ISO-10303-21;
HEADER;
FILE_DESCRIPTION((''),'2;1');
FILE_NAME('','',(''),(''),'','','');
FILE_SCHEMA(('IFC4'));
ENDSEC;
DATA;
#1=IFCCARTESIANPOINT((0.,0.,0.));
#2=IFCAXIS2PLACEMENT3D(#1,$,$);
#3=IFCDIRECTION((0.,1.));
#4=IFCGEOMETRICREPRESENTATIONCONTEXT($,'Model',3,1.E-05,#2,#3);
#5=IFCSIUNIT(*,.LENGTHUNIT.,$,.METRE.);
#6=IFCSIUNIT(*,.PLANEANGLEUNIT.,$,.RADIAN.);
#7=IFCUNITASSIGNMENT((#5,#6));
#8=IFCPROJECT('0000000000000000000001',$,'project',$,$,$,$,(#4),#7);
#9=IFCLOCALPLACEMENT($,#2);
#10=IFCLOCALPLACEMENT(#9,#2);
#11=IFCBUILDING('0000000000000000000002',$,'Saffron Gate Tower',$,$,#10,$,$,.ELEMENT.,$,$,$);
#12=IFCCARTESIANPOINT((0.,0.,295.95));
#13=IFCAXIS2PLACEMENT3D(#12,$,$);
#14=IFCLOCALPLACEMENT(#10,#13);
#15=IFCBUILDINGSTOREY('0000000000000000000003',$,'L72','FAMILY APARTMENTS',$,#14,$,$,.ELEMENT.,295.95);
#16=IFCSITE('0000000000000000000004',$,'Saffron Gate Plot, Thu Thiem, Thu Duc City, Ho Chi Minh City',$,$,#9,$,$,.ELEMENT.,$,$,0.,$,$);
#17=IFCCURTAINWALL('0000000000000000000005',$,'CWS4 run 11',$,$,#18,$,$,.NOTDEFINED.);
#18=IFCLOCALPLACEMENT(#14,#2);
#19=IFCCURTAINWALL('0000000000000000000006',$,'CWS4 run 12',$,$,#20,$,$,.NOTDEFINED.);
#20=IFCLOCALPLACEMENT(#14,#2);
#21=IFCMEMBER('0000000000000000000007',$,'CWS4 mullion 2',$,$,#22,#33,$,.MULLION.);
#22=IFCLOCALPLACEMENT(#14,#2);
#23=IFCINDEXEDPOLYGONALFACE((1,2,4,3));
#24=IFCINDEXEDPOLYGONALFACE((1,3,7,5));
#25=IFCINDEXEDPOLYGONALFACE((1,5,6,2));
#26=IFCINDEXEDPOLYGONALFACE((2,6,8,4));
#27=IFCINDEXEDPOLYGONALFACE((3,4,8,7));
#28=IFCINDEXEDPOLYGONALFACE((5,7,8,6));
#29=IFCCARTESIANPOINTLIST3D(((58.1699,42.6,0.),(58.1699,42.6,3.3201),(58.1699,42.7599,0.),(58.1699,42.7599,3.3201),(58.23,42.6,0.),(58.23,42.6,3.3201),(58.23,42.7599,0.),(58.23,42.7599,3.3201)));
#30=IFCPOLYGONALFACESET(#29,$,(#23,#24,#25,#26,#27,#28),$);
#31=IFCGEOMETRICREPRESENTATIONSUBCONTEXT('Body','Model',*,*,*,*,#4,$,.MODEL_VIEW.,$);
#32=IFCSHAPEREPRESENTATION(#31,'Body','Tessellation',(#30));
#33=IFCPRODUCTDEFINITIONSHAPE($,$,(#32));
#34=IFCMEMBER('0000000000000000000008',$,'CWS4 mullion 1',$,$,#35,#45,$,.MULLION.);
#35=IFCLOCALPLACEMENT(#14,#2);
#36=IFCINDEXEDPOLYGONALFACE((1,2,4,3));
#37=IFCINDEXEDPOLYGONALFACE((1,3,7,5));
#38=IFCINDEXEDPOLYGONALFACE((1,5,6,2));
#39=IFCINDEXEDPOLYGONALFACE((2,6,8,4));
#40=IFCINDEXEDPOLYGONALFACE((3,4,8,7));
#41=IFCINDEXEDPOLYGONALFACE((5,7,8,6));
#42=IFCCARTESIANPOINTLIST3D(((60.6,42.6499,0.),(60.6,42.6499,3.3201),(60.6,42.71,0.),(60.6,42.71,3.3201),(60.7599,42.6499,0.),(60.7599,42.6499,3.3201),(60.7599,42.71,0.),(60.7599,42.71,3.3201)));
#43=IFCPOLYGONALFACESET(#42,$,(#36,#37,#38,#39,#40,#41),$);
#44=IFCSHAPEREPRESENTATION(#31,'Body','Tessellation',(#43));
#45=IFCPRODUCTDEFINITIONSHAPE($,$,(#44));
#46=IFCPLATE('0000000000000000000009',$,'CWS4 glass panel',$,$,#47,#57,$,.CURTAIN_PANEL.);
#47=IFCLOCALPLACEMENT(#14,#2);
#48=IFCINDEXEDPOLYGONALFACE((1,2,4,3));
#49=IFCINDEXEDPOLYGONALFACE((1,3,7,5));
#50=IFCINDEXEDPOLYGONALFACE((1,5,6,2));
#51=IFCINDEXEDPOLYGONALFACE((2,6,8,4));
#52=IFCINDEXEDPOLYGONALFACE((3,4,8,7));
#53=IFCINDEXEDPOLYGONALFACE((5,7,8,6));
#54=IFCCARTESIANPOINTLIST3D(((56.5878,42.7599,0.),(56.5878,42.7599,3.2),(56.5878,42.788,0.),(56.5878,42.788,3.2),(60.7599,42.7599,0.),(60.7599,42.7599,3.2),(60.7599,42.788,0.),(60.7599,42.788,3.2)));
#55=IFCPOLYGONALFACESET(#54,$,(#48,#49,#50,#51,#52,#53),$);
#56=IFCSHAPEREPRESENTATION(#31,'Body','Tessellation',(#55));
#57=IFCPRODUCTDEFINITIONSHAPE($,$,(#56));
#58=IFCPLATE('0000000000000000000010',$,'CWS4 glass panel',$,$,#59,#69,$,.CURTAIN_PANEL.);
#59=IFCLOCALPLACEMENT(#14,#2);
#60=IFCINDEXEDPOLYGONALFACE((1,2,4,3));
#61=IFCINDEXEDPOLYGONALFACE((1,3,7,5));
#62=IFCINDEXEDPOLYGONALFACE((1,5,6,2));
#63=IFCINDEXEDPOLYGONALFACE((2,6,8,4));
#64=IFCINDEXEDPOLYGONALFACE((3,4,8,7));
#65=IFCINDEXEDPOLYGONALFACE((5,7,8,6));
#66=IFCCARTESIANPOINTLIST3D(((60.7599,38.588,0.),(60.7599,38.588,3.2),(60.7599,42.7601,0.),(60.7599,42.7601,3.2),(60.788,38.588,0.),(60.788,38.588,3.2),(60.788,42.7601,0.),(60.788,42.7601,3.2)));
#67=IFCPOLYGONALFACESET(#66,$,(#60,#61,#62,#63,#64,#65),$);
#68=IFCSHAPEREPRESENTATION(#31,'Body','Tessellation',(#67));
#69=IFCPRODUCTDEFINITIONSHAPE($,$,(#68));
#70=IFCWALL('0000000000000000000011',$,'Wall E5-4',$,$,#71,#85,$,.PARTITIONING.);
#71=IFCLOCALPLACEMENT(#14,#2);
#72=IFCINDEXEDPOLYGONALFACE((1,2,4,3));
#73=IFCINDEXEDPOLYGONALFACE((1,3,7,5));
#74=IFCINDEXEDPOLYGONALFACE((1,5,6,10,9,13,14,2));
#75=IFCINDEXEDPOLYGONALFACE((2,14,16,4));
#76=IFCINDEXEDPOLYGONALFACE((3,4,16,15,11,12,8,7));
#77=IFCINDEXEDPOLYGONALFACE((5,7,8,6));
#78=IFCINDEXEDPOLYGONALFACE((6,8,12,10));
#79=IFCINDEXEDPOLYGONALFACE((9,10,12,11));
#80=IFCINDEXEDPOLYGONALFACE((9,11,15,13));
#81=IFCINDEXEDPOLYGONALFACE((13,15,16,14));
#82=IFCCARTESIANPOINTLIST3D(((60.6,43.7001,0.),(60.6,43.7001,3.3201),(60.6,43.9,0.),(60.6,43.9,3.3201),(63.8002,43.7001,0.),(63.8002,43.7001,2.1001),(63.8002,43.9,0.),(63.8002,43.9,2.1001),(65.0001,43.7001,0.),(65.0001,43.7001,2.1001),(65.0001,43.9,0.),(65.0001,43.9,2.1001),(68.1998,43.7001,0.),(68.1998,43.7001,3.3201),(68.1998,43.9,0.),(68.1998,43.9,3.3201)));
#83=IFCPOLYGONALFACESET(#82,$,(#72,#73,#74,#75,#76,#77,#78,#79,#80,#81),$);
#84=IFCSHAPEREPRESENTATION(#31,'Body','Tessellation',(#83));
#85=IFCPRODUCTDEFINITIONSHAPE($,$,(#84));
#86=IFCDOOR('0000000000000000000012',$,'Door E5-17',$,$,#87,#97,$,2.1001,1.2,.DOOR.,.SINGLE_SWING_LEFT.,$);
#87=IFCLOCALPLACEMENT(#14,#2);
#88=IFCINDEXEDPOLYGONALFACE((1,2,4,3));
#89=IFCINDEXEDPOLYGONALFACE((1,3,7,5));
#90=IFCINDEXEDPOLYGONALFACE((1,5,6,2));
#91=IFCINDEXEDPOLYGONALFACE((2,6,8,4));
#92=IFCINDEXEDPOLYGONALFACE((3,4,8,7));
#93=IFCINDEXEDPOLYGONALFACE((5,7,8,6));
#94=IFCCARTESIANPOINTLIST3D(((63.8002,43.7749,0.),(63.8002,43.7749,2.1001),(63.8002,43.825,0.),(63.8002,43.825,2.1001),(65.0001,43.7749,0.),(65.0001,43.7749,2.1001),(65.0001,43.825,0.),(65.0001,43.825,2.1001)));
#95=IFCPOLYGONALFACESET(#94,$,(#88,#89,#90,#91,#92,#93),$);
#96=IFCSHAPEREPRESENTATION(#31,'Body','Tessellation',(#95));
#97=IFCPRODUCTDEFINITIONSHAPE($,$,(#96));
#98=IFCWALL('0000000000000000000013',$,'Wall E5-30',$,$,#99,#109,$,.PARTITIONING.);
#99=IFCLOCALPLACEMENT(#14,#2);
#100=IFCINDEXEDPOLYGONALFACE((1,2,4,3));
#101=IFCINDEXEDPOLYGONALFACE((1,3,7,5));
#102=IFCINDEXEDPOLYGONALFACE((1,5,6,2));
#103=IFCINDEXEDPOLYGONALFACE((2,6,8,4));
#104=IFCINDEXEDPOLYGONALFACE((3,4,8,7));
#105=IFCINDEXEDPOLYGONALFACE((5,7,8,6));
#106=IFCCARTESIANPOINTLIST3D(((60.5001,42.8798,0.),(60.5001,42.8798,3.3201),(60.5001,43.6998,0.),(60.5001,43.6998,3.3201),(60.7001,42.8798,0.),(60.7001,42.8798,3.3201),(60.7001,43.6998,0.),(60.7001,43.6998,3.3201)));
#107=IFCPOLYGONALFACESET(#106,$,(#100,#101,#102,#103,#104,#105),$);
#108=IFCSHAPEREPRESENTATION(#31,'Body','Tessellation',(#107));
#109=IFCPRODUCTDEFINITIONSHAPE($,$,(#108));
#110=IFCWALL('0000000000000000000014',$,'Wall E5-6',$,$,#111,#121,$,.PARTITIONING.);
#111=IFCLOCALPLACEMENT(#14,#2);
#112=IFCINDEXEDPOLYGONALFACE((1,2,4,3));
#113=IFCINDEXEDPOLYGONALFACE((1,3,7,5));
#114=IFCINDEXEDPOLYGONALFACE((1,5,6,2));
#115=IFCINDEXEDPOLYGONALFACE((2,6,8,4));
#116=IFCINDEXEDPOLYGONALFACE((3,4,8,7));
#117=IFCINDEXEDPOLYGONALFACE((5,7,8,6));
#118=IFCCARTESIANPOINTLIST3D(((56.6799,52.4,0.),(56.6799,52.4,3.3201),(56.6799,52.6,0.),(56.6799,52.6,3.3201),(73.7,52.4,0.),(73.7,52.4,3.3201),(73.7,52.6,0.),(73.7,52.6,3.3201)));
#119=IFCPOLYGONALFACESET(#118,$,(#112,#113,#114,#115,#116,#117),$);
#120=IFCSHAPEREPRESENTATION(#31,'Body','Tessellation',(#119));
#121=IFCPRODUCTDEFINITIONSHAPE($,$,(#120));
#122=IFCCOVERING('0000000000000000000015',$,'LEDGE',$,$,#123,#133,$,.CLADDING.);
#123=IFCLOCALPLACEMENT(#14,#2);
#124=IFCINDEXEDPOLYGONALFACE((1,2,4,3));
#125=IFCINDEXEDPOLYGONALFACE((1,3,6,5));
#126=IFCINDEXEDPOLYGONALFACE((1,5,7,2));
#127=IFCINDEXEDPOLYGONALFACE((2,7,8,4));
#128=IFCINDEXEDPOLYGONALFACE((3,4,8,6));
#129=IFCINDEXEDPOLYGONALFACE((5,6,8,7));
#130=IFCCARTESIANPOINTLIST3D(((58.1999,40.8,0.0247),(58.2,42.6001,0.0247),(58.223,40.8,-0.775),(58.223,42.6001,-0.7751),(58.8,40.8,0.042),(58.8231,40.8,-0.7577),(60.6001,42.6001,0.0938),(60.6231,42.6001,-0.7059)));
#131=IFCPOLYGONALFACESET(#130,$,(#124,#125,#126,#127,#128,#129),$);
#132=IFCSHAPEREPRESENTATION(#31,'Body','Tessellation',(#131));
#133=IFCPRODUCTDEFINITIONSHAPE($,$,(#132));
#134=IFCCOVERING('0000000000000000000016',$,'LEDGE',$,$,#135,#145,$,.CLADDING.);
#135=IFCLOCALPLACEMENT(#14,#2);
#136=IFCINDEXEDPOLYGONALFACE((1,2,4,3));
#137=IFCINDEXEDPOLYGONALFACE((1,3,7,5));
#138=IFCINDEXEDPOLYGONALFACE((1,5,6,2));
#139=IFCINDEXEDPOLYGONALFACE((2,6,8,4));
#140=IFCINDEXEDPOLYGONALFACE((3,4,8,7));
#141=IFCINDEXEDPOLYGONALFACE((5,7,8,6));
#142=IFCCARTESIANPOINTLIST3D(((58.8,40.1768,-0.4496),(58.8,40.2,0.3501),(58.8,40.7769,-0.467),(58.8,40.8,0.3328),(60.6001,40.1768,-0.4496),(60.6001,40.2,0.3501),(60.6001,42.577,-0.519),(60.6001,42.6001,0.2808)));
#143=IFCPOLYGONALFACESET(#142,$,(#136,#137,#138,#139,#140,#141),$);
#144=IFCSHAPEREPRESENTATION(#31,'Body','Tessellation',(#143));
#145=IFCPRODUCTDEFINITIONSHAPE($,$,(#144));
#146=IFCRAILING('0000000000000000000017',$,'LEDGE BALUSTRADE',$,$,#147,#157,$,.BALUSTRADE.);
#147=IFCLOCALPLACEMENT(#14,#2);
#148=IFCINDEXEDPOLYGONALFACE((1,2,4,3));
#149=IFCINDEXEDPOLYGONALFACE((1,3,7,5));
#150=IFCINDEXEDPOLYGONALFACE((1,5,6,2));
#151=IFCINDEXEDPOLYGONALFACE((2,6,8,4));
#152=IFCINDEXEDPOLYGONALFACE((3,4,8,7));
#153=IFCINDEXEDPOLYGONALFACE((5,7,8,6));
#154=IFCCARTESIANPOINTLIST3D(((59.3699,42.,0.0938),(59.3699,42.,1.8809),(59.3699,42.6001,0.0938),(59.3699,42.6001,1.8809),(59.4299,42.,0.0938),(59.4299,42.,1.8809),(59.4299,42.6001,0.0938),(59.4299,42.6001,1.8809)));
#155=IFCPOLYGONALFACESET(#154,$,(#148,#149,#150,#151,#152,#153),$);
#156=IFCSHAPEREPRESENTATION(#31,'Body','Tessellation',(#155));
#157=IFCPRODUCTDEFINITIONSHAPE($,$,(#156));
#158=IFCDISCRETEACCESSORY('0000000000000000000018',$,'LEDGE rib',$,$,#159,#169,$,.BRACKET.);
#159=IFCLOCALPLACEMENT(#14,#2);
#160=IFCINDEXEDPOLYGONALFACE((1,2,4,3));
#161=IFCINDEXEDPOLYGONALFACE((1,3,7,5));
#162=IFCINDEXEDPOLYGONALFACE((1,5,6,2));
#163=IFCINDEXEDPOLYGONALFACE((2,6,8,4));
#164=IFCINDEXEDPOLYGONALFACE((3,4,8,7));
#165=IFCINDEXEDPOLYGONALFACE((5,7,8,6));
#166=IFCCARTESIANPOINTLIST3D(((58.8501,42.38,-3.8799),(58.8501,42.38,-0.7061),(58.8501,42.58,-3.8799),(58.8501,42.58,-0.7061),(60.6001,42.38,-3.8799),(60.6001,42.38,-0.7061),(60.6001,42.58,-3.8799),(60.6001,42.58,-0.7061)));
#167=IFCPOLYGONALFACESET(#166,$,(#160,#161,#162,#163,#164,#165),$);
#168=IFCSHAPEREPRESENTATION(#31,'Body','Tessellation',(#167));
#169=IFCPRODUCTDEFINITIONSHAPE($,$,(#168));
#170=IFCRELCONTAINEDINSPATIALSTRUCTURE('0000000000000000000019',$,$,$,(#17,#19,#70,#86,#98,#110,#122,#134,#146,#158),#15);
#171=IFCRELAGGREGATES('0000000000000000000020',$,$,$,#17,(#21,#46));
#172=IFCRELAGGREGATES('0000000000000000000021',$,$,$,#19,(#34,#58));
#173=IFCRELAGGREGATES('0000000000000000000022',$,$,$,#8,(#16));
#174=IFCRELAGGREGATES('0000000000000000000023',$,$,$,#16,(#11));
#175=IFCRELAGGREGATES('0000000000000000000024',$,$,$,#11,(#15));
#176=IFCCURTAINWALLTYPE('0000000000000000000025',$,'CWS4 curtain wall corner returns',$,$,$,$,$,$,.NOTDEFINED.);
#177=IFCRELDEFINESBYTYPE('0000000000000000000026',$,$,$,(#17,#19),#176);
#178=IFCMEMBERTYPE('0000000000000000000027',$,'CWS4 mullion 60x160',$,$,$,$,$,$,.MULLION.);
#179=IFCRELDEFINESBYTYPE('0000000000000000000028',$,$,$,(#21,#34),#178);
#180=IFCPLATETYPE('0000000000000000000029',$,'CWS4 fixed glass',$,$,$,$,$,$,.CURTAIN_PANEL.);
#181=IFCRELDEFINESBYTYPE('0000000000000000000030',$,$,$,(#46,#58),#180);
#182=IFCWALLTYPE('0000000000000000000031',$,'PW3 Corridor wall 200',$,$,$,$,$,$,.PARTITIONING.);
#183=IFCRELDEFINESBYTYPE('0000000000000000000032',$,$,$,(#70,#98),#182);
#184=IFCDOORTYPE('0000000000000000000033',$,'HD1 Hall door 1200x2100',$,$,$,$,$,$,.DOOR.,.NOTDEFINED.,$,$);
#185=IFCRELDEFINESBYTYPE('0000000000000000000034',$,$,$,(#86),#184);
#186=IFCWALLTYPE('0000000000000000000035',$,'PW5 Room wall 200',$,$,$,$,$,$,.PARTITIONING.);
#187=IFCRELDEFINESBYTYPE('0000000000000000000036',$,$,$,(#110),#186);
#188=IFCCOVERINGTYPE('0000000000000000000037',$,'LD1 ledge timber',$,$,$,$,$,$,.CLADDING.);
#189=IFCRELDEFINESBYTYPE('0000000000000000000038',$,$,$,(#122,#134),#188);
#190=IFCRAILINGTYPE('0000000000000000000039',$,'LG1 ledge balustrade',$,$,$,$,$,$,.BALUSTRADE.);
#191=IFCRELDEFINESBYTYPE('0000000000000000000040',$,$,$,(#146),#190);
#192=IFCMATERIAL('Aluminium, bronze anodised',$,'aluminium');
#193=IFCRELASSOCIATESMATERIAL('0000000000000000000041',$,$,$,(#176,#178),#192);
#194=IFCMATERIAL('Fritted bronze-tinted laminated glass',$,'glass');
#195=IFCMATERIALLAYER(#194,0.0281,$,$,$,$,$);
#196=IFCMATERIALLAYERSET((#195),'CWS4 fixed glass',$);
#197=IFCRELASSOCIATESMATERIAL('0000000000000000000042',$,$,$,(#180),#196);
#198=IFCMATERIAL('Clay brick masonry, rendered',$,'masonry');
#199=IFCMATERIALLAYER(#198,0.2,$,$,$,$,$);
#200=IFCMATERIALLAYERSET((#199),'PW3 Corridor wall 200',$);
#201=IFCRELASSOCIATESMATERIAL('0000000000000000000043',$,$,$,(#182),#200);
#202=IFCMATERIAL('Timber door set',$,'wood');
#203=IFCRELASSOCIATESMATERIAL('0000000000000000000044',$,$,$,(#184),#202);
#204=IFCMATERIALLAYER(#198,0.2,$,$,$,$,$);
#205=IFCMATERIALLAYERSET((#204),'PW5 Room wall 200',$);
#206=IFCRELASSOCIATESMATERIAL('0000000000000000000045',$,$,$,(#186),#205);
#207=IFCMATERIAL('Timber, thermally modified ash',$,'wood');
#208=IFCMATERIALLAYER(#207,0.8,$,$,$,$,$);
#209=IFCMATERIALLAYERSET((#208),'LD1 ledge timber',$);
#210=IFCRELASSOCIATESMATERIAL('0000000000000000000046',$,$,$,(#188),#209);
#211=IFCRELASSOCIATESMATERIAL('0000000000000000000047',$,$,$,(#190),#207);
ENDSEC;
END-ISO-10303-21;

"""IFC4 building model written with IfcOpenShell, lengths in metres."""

from ifc_helpers import new_model, si_unit, direction, frame, frame_2d, origin, origin_2d, place, context, subcontext, project, spatial, polyline, rectangle, outline, extrude, material, layer, layer_set, material_profile, profile_set, type_object, element, fill, aggregate, save


model = new_model("IFC4")

# Units and contexts
model_context = context("Model", 3, precision=1e-05, world=origin(), true_north=direction((0.0, 1.0)))
body_context = subcontext(model_context, "Body", "Model", "MODEL_VIEW")
ifc_project = project(units=[si_unit("LENGTHUNIT", "METRE"), si_unit("PLANEANGLEUNIT", "RADIAN")], contexts=[model_context])

# Site, building, storey
site_placement = place(None, origin())
site = spatial("IfcSite", under=ifc_project, at=site_placement, Name="Saffron Gate Plot, Thu Thiem, Thu Duc City, Ho Chi Minh City", CompositionType="ELEMENT", RefElevation=0.0)
building_placement = place(site_placement, origin())
building = spatial("IfcBuilding", under=site, at=building_placement, Name="Saffron Gate Tower", CompositionType="ELEMENT")
storey_placement = place(building_placement, frame((0.0, 0.0, 295.95)))
storey = spatial("IfcBuildingStorey", under=building, at=storey_placement, Name="L72", Description="FAMILY APARTMENTS", CompositionType="ELEMENT", Elevation=295.95)

# Shared definitions
ifc_material_1 = material(Name="Aluminium, bronze anodised", Category="aluminium")

# Curtain walls
curtain_wall_type_1 = type_object("IfcCurtainWallType", Name="CWS4 curtain wall corner returns", PredefinedType="NOTDEFINED", material=ifc_material_1)
curtain_wall_1_placement = place(storey_placement, origin())
curtain_wall_1 = element("IfcCurtainWall", 1, at=curtain_wall_1_placement, inside=storey, type_object=curtain_wall_type_1, Name="CWS4 run 11", PredefinedType="NOTDEFINED")
curtain_wall_2_placement = place(storey_placement, origin())
curtain_wall_2 = element("IfcCurtainWall", 2, at=curtain_wall_2_placement, inside=storey, type_object=curtain_wall_type_1, Name="CWS4 run 12", PredefinedType="NOTDEFINED")

# Members
ifc_material_profile_1 = material_profile(ifc_material_1, rectangle(XDim=0.1599, YDim=0.0601, at=origin_2d()))
ifc_profile_set_1 = profile_set([ifc_material_profile_1], Name="Aluminium, bronze anodised")
member_type_1 = type_object("IfcMemberType", Name="CWS4 mullion 60x160", PredefinedType="MULLION", material=ifc_profile_set_1)
member_1_placement = place(storey_placement, frame((58.2, 42.6799, 0.0), z_axis=(0.0, 0.0, 1.0), x_axis=(0.0, 1.0, 0.0)))
member_1 = element("IfcMember", 3, at=member_1_placement, type_object=member_type_1, Name="CWS4 mullion 2", PredefinedType="MULLION", context=body_context, shape_type="SweptSolid", body=[
    extrude(rectangle(XDim=0.1599, YDim=0.0601, at=origin_2d()), origin(), (0.0, 0.0, 1.0), 3.3201),
])
member_2_placement = place(storey_placement, frame((60.6799, 42.6799, 0.0), z_axis=(0.0, 0.0, 1.0), x_axis=(1.0, 0.0, 0.0)))
member_2 = element("IfcMember", 4, at=member_2_placement, type_object=member_type_1, Name="CWS4 mullion 1", PredefinedType="MULLION", context=body_context, shape_type="SweptSolid", body=[
    extrude(rectangle(XDim=0.1599, YDim=0.0601, at=origin_2d()), origin(), (0.0, 0.0, 1.0), 3.3201),
])

# Plates
ifc_material_2 = material(Name="Fritted bronze-tinted laminated glass", Category="glass")
ifc_layer_1 = layer(ifc_material_2, 0.0281)
ifc_layer_set_1 = layer_set([ifc_layer_1], Name="CWS4 fixed glass")
plate_type = type_object("IfcPlateType", Name="CWS4 fixed glass", PredefinedType="CURTAIN_PANEL", material=ifc_layer_set_1)
plate_1_placement = place(storey_placement, frame((56.5879, 42.7739, 0.0), z_axis=(0.0, 0.0, 1.0), x_axis=(1.0, 0.0, 0.0)))
plate_1 = element("IfcPlate", 5, at=plate_1_placement, type_object=plate_type, Name="CWS4 glass panel", PredefinedType="CURTAIN_PANEL", context=body_context, shape_type="SweptSolid", body=[
    extrude(rectangle(XDim=4.1721, YDim=0.0281, at=frame_2d((2.0859, 0.0))), origin(), (0.0, 0.0, 1.0), 3.2),
])
aggregate(curtain_wall_1, [member_1, plate_1])
plate_2_placement = place(storey_placement, frame((60.7739, 42.76, 0.0), z_axis=(0.0, 0.0, 1.0), x_axis=(0.0, -1.0, 0.0)))
plate_2 = element("IfcPlate", 6, at=plate_2_placement, type_object=plate_type, Name="CWS4 glass panel", PredefinedType="CURTAIN_PANEL", context=body_context, shape_type="SweptSolid", body=[
    extrude(rectangle(XDim=4.1721, YDim=0.0281, at=frame_2d((2.0859, 0.0))), origin(), (0.0, 0.0, 1.0), 3.2),
])
aggregate(curtain_wall_2, [member_2, plate_2])

# Wall, opening, door
ifc_material_3 = material(Name="Clay brick masonry, rendered", Category="masonry")
ifc_layer_2 = layer(ifc_material_3, 0.2)
ifc_layer_set_2 = layer_set([ifc_layer_2], Name="PW3 Corridor wall 200")
wall_type_1 = type_object("IfcWallType", Name="PW3 Corridor wall 200", PredefinedType="PARTITIONING", material=ifc_layer_set_2)
wall_1_placement = place(storey_placement, frame((60.6001, 43.8, 0.0), z_axis=(0.0, 0.0, 1.0), x_axis=(1.0, 0.0, 0.0)))
wall_1 = element("IfcWall", 7, at=wall_1_placement, inside=storey, type_object=wall_type_1, Name="Wall E5-4", PredefinedType="PARTITIONING", context=body_context, shape_type="SweptSolid", body=[
    extrude(rectangle(XDim=7.5999, YDim=0.2, at=frame_2d((3.7998, 0.0))), origin(), (0.0, 0.0, 1.0), 3.3201),
])
opening_placement = place(wall_1_placement, frame((3.2, 0.0, 0.0)))
opening = element("IfcOpeningElement", 8, at=opening_placement, cuts=wall_1, PredefinedType="OPENING", context=body_context, shape_type="SweptSolid", body=[
    extrude(rectangle(XDim=1.2, YDim=2.1001, at=frame_2d((0.6001, 1.05))), frame((0.0, 0.1099, 0.0), z_axis=(0.0, -1.0, 0.0), x_axis=(1.0, 0.0, 0.0)), (0.0, 0.0, 1.0), 0.22),
])
ifc_material_4 = material(Name="Timber door set", Category="wood")
door_type = type_object("IfcDoorType", Name="HD1 Hall door 1200x2100", OperationType="NOTDEFINED", PredefinedType="DOOR", material=ifc_material_4)
door_placement = place(opening_placement, origin())
door = element("IfcDoor", 9, at=door_placement, inside=storey, type_object=door_type, Name="Door E5-17", OperationType="SINGLE_SWING_LEFT", OverallHeight=2.1001, OverallWidth=1.2, PredefinedType="DOOR", context=body_context, shape_type="SweptSolid", body=[
    extrude(rectangle(XDim=1.2, YDim=2.1001, at=frame_2d((0.6001, 1.05))), frame((0.0, 0.0249, 0.0), z_axis=(0.0, -1.0, 0.0), x_axis=(1.0, 0.0, 0.0)), (0.0, 0.0, 1.0), 0.05),
])
fill(opening, door)

# Walls
wall_2_placement = place(storey_placement, frame((60.6001, 43.7, 0.0), z_axis=(0.0, 0.0, 1.0), x_axis=(0.0, -1.0, 0.0)))
element("IfcWall", 10, at=wall_2_placement, inside=storey, type_object=wall_type_1, Name="Wall E5-30", PredefinedType="PARTITIONING", context=body_context, shape_type="SweptSolid", body=[
    extrude(rectangle(XDim=0.8201, YDim=0.2, at=frame_2d((0.4102, 0.0))), origin(), (0.0, 0.0, 1.0), 3.3201),
])
ifc_layer_3 = layer(ifc_material_3, 0.2)
ifc_layer_set_3 = layer_set([ifc_layer_3], Name="PW5 Room wall 200")
wall_type_2 = type_object("IfcWallType", Name="PW5 Room wall 200", PredefinedType="PARTITIONING", material=ifc_layer_set_3)
wall_3_placement = place(storey_placement, frame((56.6799, 52.5, 0.0), z_axis=(0.0, 0.0, 1.0), x_axis=(1.0, 0.0, 0.0)))
element("IfcWall", 11, at=wall_3_placement, inside=storey, type_object=wall_type_2, Name="Wall E5-6", PredefinedType="PARTITIONING", context=body_context, shape_type="SweptSolid", body=[
    extrude(rectangle(XDim=17.02, YDim=0.2, at=frame_2d((8.51, 0.0))), origin(), (0.0, 0.0, 1.0), 3.3201),
])

# Coverings
ifc_material_5 = material(Name="Timber, thermally modified ash", Category="wood")
ifc_layer_4 = layer(ifc_material_5, 0.8)
ifc_layer_set_4 = layer_set([ifc_layer_4], Name="LD1 ledge timber")
covering_type = type_object("IfcCoveringType", Name="LD1 ledge timber", PredefinedType="CLADDING", material=ifc_layer_set_4)
covering_1_placement = place(storey_placement, frame((58.2, 42.6001, 0.0247), z_axis=(-0.028794, 0.000026, 0.999585), x_axis=(0.999585, 0.0, 0.028794)))
element("IfcCovering", 12, at=covering_1_placement, inside=storey, type_object=covering_type, Name="LEDGE", PredefinedType="CLADDING", context=body_context, shape_type="SweptSolid", body=[
    extrude(outline(polyline([(0.0, 0.0), (2.4011, 0.0), (0.6003, -1.8), (0.0, -1.8), (0.0, 0.0)])), origin(), (0.0, 0.0, -1.0), 0.8),
])
covering_2_placement = place(storey_placement, frame((60.6001, 42.6001, 0.2808), z_axis=(0.000001, 0.028876, 0.999583), x_axis=(0.0, -0.999583, 0.028876)))
element("IfcCovering", 13, at=covering_2_placement, inside=storey, type_object=covering_type, Name="LEDGE", PredefinedType="CLADDING", context=body_context, shape_type="SweptSolid", body=[
    extrude(outline(polyline([(0.0, 0.0), (2.4011, 0.0), (2.4011, -1.8), (1.8008, -1.8), (0.0, 0.0)])), origin(), (0.0, 0.0, -1.0), 0.8),
])

# Railing
railing_type = type_object("IfcRailingType", Name="LG1 ledge balustrade", PredefinedType="BALUSTRADE", material=ifc_material_5)
railing_placement = place(storey_placement, frame((59.3999, 42.6001, 0.0938)))
element("IfcRailing", 14, at=railing_placement, inside=storey, type_object=railing_type, Name="LEDGE BALUSTRADE", PredefinedType="BALUSTRADE", context=body_context, shape_type="SweptSolid", body=[
    extrude(rectangle(XDim=0.0601, YDim=1.7871, at=origin_2d()), frame((0.0, 0.0, 0.8936), z_axis=(0.0, -1.0, 0.0), x_axis=(1.0, 0.0, 0.0)), (0.0, 0.0, 1.0), 0.6001),
])

# Discrete accessory
discrete_accessory_placement = place(storey_placement, frame((59.7251, 42.48, -3.8799), z_axis=(0.0, 0.0, 1.0), x_axis=(0.0, -1.0, 0.0)))
element("IfcDiscreteAccessory", 15, at=discrete_accessory_placement, inside=storey, Name="LEDGE rib", PredefinedType="BRACKET", context=body_context, shape_type="SweptSolid", body=[
    extrude(rectangle(XDim=0.2, YDim=1.75, at=origin_2d()), origin(), (0.0, 0.0, 1.0), 3.1738),
])

save(model, "model.ifc")
